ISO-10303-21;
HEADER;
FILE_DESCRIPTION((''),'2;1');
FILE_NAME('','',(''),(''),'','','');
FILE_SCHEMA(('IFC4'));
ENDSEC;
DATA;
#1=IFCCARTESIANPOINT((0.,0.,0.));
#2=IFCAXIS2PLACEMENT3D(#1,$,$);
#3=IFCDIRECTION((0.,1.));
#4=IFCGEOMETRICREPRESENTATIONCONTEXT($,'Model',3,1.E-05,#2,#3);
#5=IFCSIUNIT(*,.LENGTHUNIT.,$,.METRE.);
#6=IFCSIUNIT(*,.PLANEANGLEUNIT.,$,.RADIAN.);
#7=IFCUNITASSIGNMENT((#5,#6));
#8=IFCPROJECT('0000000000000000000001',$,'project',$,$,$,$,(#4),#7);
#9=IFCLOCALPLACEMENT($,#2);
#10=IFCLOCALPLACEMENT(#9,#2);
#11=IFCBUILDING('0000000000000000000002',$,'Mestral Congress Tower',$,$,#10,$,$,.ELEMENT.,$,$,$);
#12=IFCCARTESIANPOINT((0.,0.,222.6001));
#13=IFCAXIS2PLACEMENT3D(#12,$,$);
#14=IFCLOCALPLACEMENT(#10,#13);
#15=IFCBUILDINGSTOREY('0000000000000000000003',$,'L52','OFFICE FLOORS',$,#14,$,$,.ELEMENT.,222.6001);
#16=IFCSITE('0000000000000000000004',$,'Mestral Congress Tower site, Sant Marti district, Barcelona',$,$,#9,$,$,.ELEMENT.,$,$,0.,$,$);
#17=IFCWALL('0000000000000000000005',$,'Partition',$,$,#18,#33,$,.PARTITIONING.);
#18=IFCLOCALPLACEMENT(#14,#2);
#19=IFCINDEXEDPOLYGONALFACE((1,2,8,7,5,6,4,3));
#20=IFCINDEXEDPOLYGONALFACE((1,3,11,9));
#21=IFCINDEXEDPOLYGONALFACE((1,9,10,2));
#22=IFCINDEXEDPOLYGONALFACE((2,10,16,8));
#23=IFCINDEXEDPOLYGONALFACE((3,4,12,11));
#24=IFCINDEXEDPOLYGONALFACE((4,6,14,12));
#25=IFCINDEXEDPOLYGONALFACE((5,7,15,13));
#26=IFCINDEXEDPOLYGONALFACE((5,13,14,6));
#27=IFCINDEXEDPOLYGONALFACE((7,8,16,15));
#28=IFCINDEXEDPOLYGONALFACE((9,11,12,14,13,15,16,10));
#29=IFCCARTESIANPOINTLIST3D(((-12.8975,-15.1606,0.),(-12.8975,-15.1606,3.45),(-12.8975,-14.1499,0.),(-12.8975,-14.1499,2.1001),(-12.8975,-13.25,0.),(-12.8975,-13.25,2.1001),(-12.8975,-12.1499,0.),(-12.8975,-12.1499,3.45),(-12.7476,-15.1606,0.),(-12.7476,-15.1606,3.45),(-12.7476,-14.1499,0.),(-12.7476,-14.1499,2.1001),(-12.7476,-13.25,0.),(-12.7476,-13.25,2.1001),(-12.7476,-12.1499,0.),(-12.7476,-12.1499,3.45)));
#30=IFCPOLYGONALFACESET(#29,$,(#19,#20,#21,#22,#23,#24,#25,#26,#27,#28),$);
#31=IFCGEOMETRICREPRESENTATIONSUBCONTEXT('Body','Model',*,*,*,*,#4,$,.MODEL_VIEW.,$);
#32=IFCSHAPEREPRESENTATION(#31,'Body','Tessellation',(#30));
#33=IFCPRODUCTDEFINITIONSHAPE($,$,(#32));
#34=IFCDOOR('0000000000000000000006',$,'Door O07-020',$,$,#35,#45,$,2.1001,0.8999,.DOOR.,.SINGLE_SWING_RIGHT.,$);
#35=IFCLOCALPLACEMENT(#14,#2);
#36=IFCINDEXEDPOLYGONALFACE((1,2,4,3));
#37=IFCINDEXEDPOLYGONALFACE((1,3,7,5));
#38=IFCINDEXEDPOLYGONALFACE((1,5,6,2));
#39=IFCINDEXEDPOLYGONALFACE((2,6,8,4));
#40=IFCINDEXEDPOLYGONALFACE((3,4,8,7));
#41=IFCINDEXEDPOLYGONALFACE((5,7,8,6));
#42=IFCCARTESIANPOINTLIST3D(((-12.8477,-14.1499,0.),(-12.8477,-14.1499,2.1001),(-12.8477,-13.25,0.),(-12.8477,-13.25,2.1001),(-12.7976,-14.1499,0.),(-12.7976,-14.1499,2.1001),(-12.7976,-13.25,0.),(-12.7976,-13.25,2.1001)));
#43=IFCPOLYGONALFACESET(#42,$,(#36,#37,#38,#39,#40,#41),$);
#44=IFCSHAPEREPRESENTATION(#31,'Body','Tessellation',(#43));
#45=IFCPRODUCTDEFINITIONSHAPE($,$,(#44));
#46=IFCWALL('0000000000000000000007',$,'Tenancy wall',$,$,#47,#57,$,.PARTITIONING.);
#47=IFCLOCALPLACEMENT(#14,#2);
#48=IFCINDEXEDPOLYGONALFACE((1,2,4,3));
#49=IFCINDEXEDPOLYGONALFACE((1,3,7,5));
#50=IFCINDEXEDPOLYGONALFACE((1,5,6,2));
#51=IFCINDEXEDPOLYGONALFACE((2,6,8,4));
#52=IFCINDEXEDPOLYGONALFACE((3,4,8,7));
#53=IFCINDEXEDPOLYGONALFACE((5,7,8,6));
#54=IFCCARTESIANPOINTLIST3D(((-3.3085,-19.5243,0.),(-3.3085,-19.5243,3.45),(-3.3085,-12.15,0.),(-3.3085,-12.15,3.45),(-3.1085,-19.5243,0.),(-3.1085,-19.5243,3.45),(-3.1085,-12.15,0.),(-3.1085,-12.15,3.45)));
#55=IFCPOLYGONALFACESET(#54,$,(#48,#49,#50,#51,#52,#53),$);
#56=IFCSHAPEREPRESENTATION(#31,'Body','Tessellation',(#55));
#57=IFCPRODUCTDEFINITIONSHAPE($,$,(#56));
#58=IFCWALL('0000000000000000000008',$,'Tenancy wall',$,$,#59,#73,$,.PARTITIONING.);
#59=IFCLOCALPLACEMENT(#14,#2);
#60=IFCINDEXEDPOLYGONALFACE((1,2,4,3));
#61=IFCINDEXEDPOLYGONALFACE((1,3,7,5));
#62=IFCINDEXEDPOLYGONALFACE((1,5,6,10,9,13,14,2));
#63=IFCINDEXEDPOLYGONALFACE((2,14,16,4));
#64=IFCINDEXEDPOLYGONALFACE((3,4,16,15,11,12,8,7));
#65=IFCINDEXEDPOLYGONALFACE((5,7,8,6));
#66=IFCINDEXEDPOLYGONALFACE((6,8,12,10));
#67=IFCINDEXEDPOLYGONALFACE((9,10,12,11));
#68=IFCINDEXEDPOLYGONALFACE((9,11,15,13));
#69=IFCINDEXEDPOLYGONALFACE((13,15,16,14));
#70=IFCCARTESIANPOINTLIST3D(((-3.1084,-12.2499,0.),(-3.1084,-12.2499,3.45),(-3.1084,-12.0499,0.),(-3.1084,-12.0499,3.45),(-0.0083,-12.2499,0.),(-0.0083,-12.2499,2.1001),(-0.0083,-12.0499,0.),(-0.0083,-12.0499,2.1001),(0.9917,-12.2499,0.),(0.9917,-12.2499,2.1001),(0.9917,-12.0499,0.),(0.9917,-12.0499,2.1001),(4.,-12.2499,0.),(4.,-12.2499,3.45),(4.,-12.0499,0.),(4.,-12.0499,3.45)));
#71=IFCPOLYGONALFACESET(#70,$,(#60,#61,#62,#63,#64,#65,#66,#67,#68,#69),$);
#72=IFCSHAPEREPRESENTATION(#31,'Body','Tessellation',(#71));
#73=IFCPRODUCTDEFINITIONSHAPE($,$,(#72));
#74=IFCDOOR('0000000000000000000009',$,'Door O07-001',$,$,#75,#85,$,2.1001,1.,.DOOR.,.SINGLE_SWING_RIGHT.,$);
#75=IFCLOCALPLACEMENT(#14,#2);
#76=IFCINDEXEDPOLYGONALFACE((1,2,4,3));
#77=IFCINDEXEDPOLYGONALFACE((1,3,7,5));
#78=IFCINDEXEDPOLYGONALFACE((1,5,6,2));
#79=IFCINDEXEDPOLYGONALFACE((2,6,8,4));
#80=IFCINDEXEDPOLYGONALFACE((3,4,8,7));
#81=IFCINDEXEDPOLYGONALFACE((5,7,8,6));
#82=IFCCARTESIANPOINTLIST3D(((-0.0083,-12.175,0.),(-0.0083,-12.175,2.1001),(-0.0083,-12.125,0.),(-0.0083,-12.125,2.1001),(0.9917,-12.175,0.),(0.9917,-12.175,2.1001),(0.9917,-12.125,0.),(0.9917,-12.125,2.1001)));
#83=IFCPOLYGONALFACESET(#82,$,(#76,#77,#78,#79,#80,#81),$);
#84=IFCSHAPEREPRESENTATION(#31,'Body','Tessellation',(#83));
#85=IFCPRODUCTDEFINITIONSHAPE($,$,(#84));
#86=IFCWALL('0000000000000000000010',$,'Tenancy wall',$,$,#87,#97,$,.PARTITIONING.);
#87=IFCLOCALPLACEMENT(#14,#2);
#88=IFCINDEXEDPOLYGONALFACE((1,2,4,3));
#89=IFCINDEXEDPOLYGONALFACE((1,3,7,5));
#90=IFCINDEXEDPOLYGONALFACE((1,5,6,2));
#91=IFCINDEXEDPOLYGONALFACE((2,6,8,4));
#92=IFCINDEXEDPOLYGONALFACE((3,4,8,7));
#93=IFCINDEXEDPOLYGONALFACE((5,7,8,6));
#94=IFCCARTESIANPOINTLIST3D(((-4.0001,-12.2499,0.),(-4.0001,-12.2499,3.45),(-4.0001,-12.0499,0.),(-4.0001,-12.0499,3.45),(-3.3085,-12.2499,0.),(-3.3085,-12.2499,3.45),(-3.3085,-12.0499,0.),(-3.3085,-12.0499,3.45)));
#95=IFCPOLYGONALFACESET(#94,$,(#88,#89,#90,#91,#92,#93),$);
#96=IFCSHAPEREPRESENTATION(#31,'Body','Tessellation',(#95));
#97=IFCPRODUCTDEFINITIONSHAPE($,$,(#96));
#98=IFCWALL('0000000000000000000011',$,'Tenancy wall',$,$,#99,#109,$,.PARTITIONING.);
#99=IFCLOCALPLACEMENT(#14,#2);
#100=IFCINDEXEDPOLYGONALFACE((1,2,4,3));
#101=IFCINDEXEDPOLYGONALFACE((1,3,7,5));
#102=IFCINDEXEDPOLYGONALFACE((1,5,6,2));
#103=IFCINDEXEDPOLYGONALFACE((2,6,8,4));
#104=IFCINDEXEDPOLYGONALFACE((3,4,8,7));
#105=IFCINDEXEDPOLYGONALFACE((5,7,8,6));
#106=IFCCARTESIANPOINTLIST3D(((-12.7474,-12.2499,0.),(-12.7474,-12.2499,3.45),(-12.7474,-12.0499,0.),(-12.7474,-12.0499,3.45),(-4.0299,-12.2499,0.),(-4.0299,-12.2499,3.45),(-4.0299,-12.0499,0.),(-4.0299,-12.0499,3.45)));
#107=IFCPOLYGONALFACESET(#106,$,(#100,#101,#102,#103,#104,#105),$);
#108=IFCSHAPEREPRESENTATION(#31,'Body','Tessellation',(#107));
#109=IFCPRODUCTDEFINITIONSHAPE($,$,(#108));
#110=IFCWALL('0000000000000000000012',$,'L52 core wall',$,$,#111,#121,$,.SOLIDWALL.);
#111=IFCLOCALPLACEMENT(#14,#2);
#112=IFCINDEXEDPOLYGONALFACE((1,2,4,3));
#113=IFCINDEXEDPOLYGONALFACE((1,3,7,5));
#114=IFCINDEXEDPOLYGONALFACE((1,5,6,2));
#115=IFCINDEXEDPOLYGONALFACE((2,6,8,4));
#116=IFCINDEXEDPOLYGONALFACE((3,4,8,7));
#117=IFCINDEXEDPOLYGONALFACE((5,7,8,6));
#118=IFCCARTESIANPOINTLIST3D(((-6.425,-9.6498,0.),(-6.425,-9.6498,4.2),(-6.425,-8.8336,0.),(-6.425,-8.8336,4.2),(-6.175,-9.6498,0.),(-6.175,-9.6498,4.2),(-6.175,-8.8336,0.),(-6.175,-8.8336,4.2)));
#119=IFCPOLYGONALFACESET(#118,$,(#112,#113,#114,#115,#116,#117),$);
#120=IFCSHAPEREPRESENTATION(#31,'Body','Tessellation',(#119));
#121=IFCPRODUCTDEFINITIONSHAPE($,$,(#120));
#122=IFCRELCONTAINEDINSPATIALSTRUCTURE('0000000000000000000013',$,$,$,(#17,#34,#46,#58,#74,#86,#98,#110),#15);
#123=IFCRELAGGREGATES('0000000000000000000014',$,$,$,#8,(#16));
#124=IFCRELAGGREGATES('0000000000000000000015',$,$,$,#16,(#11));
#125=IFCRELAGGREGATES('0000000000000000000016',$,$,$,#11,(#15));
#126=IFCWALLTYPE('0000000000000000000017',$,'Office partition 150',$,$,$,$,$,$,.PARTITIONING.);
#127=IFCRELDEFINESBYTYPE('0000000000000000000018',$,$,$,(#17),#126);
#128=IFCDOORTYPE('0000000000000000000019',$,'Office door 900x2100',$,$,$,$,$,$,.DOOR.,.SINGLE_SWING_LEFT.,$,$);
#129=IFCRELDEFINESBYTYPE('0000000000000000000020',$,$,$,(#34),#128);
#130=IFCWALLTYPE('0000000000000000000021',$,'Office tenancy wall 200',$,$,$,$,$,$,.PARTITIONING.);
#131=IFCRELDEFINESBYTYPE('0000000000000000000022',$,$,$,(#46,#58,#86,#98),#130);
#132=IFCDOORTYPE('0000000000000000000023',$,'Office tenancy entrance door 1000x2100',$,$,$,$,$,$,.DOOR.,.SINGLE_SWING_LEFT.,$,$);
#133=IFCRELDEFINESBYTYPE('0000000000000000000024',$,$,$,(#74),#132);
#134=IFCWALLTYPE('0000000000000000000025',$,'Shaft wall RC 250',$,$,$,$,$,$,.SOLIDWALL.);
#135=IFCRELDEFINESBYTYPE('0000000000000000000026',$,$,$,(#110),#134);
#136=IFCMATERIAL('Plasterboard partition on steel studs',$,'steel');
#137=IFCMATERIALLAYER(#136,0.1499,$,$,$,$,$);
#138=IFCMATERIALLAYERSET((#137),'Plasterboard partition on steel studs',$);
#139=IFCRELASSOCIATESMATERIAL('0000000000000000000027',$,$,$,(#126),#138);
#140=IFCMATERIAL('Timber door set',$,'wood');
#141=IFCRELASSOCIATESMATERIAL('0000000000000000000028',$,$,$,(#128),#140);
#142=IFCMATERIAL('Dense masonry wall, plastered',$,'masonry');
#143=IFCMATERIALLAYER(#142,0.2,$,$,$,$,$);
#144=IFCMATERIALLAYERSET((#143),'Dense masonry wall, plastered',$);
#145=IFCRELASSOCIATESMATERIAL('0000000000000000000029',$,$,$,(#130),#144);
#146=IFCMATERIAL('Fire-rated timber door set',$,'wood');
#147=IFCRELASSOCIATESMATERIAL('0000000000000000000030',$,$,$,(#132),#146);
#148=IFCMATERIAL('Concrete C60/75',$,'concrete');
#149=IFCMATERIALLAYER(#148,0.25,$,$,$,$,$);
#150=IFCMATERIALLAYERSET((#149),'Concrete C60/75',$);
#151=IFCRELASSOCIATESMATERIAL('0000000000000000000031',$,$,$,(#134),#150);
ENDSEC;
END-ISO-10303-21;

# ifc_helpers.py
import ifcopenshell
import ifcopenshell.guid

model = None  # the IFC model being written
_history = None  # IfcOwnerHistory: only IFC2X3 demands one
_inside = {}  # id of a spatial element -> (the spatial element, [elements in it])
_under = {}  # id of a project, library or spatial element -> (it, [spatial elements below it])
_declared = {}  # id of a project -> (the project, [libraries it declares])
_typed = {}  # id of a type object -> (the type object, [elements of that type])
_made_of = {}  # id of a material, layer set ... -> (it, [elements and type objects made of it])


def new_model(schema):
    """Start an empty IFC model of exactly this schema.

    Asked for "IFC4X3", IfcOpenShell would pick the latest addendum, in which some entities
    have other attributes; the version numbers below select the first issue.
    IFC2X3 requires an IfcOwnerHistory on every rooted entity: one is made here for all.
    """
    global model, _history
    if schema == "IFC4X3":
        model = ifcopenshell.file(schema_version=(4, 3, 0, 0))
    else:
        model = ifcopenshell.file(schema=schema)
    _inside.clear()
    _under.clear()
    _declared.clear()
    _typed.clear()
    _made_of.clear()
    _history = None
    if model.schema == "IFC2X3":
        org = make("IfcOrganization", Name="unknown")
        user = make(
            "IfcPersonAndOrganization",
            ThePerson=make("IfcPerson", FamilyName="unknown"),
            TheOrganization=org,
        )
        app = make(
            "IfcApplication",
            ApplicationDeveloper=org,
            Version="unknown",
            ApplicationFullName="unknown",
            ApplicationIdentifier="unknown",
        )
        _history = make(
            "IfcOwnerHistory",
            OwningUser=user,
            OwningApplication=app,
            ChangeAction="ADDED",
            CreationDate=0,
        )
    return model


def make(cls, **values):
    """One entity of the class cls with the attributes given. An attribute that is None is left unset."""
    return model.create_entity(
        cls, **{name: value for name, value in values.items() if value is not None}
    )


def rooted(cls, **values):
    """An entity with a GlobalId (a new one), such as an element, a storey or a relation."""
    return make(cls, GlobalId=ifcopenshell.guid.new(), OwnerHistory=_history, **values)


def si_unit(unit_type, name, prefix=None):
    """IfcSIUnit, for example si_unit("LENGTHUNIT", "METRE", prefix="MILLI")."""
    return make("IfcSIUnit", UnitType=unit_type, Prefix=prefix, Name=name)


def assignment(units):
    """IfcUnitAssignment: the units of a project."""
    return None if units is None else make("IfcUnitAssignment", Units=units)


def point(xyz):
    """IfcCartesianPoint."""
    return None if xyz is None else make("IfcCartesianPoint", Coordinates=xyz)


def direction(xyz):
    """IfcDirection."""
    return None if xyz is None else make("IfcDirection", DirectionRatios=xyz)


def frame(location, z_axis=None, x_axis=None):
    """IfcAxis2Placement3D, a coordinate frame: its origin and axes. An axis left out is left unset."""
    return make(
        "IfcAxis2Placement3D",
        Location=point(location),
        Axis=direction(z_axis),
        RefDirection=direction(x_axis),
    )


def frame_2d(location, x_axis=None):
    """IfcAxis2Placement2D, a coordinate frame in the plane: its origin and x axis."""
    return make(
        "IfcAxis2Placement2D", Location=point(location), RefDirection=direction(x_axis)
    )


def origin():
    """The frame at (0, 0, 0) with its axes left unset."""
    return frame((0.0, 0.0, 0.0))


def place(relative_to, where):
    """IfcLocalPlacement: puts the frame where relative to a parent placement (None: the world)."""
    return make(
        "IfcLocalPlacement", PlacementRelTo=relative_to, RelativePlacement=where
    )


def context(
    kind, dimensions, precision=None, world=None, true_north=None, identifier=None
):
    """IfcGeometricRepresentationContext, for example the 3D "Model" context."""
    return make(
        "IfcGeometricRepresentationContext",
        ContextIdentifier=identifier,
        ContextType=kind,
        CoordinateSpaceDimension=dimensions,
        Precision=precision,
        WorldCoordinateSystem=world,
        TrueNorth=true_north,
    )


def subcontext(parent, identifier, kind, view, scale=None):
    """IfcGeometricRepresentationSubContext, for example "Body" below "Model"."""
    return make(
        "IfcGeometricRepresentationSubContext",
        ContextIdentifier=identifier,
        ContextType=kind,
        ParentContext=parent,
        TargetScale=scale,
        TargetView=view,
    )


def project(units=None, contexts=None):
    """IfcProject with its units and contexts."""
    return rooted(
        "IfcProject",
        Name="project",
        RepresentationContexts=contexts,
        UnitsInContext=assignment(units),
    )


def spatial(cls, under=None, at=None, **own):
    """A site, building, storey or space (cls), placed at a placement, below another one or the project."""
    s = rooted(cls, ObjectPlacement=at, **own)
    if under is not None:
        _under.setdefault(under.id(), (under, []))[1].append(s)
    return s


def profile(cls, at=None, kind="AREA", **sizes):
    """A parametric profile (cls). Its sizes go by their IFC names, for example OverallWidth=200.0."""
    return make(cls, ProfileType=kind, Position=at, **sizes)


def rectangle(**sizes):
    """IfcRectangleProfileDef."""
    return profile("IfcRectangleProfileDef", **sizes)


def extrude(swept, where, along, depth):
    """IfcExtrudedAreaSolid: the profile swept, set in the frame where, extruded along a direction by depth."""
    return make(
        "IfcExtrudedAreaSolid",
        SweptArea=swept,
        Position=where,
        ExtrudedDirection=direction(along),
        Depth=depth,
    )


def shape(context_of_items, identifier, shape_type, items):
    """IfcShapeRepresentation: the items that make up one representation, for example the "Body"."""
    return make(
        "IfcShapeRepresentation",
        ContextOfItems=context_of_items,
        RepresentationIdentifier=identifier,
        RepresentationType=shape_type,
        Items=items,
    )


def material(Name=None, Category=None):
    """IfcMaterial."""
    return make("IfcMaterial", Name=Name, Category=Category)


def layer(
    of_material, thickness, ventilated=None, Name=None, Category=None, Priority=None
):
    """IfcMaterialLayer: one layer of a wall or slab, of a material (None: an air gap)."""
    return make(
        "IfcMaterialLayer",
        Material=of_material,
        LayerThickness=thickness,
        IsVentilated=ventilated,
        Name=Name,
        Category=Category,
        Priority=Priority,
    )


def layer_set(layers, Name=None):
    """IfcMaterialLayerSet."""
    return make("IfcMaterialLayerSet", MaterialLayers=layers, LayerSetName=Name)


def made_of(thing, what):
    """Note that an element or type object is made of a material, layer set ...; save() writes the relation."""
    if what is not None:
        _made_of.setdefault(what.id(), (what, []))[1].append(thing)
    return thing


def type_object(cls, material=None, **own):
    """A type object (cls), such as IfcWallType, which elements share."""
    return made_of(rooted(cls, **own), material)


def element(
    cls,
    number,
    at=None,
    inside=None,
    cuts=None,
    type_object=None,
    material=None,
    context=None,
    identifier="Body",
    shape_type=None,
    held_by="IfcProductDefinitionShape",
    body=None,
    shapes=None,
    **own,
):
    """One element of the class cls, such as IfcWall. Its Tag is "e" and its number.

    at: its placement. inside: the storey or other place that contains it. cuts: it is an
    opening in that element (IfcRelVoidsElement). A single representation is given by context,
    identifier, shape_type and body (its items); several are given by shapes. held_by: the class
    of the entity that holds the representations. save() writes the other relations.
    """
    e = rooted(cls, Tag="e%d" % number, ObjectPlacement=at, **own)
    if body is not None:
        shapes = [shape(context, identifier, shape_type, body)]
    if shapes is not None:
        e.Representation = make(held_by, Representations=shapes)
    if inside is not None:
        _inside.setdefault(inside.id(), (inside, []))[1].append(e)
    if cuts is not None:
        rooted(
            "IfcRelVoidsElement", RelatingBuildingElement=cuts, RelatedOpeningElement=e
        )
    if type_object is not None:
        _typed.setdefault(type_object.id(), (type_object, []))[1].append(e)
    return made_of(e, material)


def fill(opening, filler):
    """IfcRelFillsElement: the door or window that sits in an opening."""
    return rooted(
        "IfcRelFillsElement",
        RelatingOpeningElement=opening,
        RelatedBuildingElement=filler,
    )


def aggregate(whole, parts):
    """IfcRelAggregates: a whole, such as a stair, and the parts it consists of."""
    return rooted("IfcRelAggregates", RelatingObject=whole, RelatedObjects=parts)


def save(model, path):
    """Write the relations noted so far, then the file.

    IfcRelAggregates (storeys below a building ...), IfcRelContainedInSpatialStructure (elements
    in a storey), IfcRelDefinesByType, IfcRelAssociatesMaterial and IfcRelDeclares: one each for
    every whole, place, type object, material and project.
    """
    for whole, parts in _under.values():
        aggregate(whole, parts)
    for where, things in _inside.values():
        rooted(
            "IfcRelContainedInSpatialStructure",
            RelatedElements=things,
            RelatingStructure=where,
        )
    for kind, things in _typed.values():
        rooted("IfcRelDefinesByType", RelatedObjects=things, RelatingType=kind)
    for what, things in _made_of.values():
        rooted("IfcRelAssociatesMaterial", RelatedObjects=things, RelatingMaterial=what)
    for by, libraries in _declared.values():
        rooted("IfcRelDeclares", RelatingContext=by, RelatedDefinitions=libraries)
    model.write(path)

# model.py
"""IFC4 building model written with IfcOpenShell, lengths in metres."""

from ifc_helpers import new_model, si_unit, direction, frame, frame_2d, origin, place, context, subcontext, project, spatial, rectangle, extrude, material, layer, layer_set, type_object, element, fill, save


model = new_model("IFC4")

# Units and contexts
model_context = context("Model", 3, precision=1e-05, world=origin(), true_north=direction((0.0, 1.0)))
body_context = subcontext(model_context, "Body", "Model", "MODEL_VIEW")
ifc_project = project(units=[si_unit("LENGTHUNIT", "METRE"), si_unit("PLANEANGLEUNIT", "RADIAN")], contexts=[model_context])

# Site, building, storey
site_placement = place(None, origin())
site = spatial("IfcSite", under=ifc_project, at=site_placement, Name="Mestral Congress Tower site, Sant Marti district, Barcelona", CompositionType="ELEMENT", RefElevation=0.0)
building_placement = place(site_placement, origin())
building = spatial("IfcBuilding", under=site, at=building_placement, Name="Mestral Congress Tower", CompositionType="ELEMENT")
storey_placement = place(building_placement, frame((0.0, 0.0, 222.6001)))
storey = spatial("IfcBuildingStorey", under=building, at=storey_placement, Name="L52", Description="OFFICE FLOORS", CompositionType="ELEMENT", Elevation=222.6001)

# Shared definitions
ifc_material_1 = material(Name="Concrete C60/75", Category="concrete")

# Shared definitions
ifc_material_2 = material(Name="Plasterboard partition on steel studs", Category="steel")
ifc_layer_1 = layer(ifc_material_2, 0.1499)
ifc_layer_set_1 = layer_set([ifc_layer_1], Name="Plasterboard partition on steel studs")
wall_type_1 = type_object("IfcWallType", Name="Office partition 150", PredefinedType="PARTITIONING", material=ifc_layer_set_1)
ifc_material_3 = material(Name="Timber door set", Category="wood")
door_type_1 = type_object("IfcDoorType", Name="Office door 900x2100", OperationType="SINGLE_SWING_LEFT", PredefinedType="DOOR", material=ifc_material_3)

# Wall, opening, door
wall_1_placement = place(storey_placement, frame((-12.8225, -12.1499, 0.0), z_axis=(0.0, 0.0, 1.0), x_axis=(0.0, -1.0, 0.0)))
wall_1 = element("IfcWall", 1, at=wall_1_placement, inside=storey, type_object=wall_type_1, Name="Partition", PredefinedType="PARTITIONING", context=body_context, shape_type="SweptSolid", body=[
    extrude(rectangle(XDim=3.0107, YDim=0.1499, at=frame_2d((1.5054, 0.0))), origin(), (0.0, 0.0, 1.0), 3.45),
])
opening_1_placement = place(wall_1_placement, frame((1.1001, 0.0, 0.0)))
opening_1 = element("IfcOpeningElement", 2, at=opening_1_placement, cuts=wall_1, PredefinedType="OPENING", context=body_context, shape_type="SweptSolid", body=[
    extrude(rectangle(XDim=0.8999, YDim=2.1001, at=frame_2d((0.45, 1.05))), frame((0.0, 0.085, 0.0), z_axis=(0.0, -1.0, 0.0), x_axis=(1.0, 0.0, 0.0)), (0.0, 0.0, 1.0), 0.1699),
])
door_1_placement = place(opening_1_placement, origin())
door_1 = element("IfcDoor", 3, at=door_1_placement, inside=storey, type_object=door_type_1, Name="Door O07-020", OperationType="SINGLE_SWING_RIGHT", OverallHeight=2.1001, OverallWidth=0.8999, PredefinedType="DOOR", context=body_context, shape_type="SweptSolid", body=[
    extrude(rectangle(XDim=0.8999, YDim=2.1001, at=frame_2d((0.45, 1.05))), frame((0.0, 0.0249, 0.0), z_axis=(0.0, -1.0, 0.0), x_axis=(1.0, 0.0, 0.0)), (0.0, 0.0, 1.0), 0.05),
])
fill(opening_1, door_1)

# Wall
ifc_material_4 = material(Name="Dense masonry wall, plastered", Category="masonry")
ifc_layer_2 = layer(ifc_material_4, 0.2)
ifc_layer_set_2 = layer_set([ifc_layer_2], Name="Dense masonry wall, plastered")
wall_type_2 = type_object("IfcWallType", Name="Office tenancy wall 200", PredefinedType="PARTITIONING", material=ifc_layer_set_2)
wall_2_placement = place(storey_placement, frame((-3.2085, -19.5242, 0.0), z_axis=(0.0, 0.0, 1.0), x_axis=(0.0, 1.0, 0.0)))
element("IfcWall", 4, at=wall_2_placement, inside=storey, type_object=wall_type_2, Name="Tenancy wall", PredefinedType="PARTITIONING", context=body_context, shape_type="SweptSolid", body=[
    extrude(rectangle(XDim=7.3743, YDim=0.2, at=frame_2d((3.687, 0.0))), origin(), (0.0, 0.0, 1.0), 3.45),
])

# Wall, opening, door
wall_3_placement = place(storey_placement, frame((-3.1084, -12.1499, 0.0), z_axis=(0.0, 0.0, 1.0), x_axis=(1.0, 0.0, 0.0)))
wall_3 = element("IfcWall", 5, at=wall_3_placement, inside=storey, type_object=wall_type_2, Name="Tenancy wall", PredefinedType="PARTITIONING", context=body_context, shape_type="SweptSolid", body=[
    extrude(rectangle(XDim=7.1084, YDim=0.2, at=frame_2d((3.5542, 0.0))), origin(), (0.0, 0.0, 1.0), 3.45),
])
opening_2_placement = place(wall_3_placement, frame((3.1001, 0.0, 0.0)))
opening_2 = element("IfcOpeningElement", 6, at=opening_2_placement, cuts=wall_3, PredefinedType="OPENING", context=body_context, shape_type="SweptSolid", body=[
    extrude(rectangle(XDim=1.0, YDim=2.1001, at=frame_2d((0.5, 1.05))), frame((0.0, 0.1099, 0.0), z_axis=(0.0, -1.0, 0.0), x_axis=(1.0, 0.0, 0.0)), (0.0, 0.0, 1.0), 0.22),
])
ifc_material_5 = material(Name="Fire-rated timber door set", Category="wood")
door_type_2 = type_object("IfcDoorType", Name="Office tenancy entrance door 1000x2100", OperationType="SINGLE_SWING_LEFT", PredefinedType="DOOR", material=ifc_material_5)
door_2_placement = place(opening_2_placement, origin())
door_2 = element("IfcDoor", 7, at=door_2_placement, inside=storey, type_object=door_type_2, Name="Door O07-001", OperationType="SINGLE_SWING_RIGHT", OverallHeight=2.1001, OverallWidth=1.0, PredefinedType="DOOR", context=body_context, shape_type="SweptSolid", body=[
    extrude(rectangle(XDim=1.0, YDim=2.1001, at=frame_2d((0.5, 1.05))), frame((0.0, 0.0249, 0.0), z_axis=(0.0, -1.0, 0.0), x_axis=(1.0, 0.0, 0.0)), (0.0, 0.0, 1.0), 0.05),
])
fill(opening_2, door_2)

# Walls
wall_4_placement = place(storey_placement, frame((-4.0, -12.1499, 0.0), z_axis=(0.0, 0.0, 1.0), x_axis=(1.0, 0.0, 0.0)))
element("IfcWall", 8, at=wall_4_placement, inside=storey, type_object=wall_type_2, Name="Tenancy wall", PredefinedType="PARTITIONING", context=body_context, shape_type="SweptSolid", body=[
    extrude(rectangle(XDim=0.6917, YDim=0.2, at=frame_2d((0.3457, 0.0))), origin(), (0.0, 0.0, 1.0), 3.45),
])
wall_5_placement = place(storey_placement, frame((-12.7476, -12.1499, 0.0), z_axis=(0.0, 0.0, 1.0), x_axis=(1.0, 0.0, 0.0)))
element("IfcWall", 9, at=wall_5_placement, inside=storey, type_object=wall_type_2, Name="Tenancy wall", PredefinedType="PARTITIONING", context=body_context, shape_type="SweptSolid", body=[
    extrude(rectangle(XDim=8.7175, YDim=0.2, at=frame_2d((4.3589, 0.0))), origin(), (0.0, 0.0, 1.0), 3.45),
])
ifc_layer_3 = layer(ifc_material_1, 0.25)
ifc_layer_set_3 = layer_set([ifc_layer_3], Name="Concrete C60/75")
wall_type_3 = type_object("IfcWallType", Name="Shaft wall RC 250", PredefinedType="SOLIDWALL", material=ifc_layer_set_3)
wall_6_placement = place(storey_placement, frame((-6.3, -9.6499, 0.0), z_axis=(0.0, 0.0, 1.0), x_axis=(0.0, 1.0, 0.0)))
element("IfcWall", 10, at=wall_6_placement, inside=storey, type_object=wall_type_3, Name="L52 core wall", PredefinedType="SOLIDWALL", context=body_context, shape_type="SweptSolid", body=[
    extrude(rectangle(XDim=0.8162, YDim=0.25, at=frame_2d((0.4082, 0.0))), origin(), (0.0, 0.0, 1.0), 4.2),
])

save(model, "model.ifc")
